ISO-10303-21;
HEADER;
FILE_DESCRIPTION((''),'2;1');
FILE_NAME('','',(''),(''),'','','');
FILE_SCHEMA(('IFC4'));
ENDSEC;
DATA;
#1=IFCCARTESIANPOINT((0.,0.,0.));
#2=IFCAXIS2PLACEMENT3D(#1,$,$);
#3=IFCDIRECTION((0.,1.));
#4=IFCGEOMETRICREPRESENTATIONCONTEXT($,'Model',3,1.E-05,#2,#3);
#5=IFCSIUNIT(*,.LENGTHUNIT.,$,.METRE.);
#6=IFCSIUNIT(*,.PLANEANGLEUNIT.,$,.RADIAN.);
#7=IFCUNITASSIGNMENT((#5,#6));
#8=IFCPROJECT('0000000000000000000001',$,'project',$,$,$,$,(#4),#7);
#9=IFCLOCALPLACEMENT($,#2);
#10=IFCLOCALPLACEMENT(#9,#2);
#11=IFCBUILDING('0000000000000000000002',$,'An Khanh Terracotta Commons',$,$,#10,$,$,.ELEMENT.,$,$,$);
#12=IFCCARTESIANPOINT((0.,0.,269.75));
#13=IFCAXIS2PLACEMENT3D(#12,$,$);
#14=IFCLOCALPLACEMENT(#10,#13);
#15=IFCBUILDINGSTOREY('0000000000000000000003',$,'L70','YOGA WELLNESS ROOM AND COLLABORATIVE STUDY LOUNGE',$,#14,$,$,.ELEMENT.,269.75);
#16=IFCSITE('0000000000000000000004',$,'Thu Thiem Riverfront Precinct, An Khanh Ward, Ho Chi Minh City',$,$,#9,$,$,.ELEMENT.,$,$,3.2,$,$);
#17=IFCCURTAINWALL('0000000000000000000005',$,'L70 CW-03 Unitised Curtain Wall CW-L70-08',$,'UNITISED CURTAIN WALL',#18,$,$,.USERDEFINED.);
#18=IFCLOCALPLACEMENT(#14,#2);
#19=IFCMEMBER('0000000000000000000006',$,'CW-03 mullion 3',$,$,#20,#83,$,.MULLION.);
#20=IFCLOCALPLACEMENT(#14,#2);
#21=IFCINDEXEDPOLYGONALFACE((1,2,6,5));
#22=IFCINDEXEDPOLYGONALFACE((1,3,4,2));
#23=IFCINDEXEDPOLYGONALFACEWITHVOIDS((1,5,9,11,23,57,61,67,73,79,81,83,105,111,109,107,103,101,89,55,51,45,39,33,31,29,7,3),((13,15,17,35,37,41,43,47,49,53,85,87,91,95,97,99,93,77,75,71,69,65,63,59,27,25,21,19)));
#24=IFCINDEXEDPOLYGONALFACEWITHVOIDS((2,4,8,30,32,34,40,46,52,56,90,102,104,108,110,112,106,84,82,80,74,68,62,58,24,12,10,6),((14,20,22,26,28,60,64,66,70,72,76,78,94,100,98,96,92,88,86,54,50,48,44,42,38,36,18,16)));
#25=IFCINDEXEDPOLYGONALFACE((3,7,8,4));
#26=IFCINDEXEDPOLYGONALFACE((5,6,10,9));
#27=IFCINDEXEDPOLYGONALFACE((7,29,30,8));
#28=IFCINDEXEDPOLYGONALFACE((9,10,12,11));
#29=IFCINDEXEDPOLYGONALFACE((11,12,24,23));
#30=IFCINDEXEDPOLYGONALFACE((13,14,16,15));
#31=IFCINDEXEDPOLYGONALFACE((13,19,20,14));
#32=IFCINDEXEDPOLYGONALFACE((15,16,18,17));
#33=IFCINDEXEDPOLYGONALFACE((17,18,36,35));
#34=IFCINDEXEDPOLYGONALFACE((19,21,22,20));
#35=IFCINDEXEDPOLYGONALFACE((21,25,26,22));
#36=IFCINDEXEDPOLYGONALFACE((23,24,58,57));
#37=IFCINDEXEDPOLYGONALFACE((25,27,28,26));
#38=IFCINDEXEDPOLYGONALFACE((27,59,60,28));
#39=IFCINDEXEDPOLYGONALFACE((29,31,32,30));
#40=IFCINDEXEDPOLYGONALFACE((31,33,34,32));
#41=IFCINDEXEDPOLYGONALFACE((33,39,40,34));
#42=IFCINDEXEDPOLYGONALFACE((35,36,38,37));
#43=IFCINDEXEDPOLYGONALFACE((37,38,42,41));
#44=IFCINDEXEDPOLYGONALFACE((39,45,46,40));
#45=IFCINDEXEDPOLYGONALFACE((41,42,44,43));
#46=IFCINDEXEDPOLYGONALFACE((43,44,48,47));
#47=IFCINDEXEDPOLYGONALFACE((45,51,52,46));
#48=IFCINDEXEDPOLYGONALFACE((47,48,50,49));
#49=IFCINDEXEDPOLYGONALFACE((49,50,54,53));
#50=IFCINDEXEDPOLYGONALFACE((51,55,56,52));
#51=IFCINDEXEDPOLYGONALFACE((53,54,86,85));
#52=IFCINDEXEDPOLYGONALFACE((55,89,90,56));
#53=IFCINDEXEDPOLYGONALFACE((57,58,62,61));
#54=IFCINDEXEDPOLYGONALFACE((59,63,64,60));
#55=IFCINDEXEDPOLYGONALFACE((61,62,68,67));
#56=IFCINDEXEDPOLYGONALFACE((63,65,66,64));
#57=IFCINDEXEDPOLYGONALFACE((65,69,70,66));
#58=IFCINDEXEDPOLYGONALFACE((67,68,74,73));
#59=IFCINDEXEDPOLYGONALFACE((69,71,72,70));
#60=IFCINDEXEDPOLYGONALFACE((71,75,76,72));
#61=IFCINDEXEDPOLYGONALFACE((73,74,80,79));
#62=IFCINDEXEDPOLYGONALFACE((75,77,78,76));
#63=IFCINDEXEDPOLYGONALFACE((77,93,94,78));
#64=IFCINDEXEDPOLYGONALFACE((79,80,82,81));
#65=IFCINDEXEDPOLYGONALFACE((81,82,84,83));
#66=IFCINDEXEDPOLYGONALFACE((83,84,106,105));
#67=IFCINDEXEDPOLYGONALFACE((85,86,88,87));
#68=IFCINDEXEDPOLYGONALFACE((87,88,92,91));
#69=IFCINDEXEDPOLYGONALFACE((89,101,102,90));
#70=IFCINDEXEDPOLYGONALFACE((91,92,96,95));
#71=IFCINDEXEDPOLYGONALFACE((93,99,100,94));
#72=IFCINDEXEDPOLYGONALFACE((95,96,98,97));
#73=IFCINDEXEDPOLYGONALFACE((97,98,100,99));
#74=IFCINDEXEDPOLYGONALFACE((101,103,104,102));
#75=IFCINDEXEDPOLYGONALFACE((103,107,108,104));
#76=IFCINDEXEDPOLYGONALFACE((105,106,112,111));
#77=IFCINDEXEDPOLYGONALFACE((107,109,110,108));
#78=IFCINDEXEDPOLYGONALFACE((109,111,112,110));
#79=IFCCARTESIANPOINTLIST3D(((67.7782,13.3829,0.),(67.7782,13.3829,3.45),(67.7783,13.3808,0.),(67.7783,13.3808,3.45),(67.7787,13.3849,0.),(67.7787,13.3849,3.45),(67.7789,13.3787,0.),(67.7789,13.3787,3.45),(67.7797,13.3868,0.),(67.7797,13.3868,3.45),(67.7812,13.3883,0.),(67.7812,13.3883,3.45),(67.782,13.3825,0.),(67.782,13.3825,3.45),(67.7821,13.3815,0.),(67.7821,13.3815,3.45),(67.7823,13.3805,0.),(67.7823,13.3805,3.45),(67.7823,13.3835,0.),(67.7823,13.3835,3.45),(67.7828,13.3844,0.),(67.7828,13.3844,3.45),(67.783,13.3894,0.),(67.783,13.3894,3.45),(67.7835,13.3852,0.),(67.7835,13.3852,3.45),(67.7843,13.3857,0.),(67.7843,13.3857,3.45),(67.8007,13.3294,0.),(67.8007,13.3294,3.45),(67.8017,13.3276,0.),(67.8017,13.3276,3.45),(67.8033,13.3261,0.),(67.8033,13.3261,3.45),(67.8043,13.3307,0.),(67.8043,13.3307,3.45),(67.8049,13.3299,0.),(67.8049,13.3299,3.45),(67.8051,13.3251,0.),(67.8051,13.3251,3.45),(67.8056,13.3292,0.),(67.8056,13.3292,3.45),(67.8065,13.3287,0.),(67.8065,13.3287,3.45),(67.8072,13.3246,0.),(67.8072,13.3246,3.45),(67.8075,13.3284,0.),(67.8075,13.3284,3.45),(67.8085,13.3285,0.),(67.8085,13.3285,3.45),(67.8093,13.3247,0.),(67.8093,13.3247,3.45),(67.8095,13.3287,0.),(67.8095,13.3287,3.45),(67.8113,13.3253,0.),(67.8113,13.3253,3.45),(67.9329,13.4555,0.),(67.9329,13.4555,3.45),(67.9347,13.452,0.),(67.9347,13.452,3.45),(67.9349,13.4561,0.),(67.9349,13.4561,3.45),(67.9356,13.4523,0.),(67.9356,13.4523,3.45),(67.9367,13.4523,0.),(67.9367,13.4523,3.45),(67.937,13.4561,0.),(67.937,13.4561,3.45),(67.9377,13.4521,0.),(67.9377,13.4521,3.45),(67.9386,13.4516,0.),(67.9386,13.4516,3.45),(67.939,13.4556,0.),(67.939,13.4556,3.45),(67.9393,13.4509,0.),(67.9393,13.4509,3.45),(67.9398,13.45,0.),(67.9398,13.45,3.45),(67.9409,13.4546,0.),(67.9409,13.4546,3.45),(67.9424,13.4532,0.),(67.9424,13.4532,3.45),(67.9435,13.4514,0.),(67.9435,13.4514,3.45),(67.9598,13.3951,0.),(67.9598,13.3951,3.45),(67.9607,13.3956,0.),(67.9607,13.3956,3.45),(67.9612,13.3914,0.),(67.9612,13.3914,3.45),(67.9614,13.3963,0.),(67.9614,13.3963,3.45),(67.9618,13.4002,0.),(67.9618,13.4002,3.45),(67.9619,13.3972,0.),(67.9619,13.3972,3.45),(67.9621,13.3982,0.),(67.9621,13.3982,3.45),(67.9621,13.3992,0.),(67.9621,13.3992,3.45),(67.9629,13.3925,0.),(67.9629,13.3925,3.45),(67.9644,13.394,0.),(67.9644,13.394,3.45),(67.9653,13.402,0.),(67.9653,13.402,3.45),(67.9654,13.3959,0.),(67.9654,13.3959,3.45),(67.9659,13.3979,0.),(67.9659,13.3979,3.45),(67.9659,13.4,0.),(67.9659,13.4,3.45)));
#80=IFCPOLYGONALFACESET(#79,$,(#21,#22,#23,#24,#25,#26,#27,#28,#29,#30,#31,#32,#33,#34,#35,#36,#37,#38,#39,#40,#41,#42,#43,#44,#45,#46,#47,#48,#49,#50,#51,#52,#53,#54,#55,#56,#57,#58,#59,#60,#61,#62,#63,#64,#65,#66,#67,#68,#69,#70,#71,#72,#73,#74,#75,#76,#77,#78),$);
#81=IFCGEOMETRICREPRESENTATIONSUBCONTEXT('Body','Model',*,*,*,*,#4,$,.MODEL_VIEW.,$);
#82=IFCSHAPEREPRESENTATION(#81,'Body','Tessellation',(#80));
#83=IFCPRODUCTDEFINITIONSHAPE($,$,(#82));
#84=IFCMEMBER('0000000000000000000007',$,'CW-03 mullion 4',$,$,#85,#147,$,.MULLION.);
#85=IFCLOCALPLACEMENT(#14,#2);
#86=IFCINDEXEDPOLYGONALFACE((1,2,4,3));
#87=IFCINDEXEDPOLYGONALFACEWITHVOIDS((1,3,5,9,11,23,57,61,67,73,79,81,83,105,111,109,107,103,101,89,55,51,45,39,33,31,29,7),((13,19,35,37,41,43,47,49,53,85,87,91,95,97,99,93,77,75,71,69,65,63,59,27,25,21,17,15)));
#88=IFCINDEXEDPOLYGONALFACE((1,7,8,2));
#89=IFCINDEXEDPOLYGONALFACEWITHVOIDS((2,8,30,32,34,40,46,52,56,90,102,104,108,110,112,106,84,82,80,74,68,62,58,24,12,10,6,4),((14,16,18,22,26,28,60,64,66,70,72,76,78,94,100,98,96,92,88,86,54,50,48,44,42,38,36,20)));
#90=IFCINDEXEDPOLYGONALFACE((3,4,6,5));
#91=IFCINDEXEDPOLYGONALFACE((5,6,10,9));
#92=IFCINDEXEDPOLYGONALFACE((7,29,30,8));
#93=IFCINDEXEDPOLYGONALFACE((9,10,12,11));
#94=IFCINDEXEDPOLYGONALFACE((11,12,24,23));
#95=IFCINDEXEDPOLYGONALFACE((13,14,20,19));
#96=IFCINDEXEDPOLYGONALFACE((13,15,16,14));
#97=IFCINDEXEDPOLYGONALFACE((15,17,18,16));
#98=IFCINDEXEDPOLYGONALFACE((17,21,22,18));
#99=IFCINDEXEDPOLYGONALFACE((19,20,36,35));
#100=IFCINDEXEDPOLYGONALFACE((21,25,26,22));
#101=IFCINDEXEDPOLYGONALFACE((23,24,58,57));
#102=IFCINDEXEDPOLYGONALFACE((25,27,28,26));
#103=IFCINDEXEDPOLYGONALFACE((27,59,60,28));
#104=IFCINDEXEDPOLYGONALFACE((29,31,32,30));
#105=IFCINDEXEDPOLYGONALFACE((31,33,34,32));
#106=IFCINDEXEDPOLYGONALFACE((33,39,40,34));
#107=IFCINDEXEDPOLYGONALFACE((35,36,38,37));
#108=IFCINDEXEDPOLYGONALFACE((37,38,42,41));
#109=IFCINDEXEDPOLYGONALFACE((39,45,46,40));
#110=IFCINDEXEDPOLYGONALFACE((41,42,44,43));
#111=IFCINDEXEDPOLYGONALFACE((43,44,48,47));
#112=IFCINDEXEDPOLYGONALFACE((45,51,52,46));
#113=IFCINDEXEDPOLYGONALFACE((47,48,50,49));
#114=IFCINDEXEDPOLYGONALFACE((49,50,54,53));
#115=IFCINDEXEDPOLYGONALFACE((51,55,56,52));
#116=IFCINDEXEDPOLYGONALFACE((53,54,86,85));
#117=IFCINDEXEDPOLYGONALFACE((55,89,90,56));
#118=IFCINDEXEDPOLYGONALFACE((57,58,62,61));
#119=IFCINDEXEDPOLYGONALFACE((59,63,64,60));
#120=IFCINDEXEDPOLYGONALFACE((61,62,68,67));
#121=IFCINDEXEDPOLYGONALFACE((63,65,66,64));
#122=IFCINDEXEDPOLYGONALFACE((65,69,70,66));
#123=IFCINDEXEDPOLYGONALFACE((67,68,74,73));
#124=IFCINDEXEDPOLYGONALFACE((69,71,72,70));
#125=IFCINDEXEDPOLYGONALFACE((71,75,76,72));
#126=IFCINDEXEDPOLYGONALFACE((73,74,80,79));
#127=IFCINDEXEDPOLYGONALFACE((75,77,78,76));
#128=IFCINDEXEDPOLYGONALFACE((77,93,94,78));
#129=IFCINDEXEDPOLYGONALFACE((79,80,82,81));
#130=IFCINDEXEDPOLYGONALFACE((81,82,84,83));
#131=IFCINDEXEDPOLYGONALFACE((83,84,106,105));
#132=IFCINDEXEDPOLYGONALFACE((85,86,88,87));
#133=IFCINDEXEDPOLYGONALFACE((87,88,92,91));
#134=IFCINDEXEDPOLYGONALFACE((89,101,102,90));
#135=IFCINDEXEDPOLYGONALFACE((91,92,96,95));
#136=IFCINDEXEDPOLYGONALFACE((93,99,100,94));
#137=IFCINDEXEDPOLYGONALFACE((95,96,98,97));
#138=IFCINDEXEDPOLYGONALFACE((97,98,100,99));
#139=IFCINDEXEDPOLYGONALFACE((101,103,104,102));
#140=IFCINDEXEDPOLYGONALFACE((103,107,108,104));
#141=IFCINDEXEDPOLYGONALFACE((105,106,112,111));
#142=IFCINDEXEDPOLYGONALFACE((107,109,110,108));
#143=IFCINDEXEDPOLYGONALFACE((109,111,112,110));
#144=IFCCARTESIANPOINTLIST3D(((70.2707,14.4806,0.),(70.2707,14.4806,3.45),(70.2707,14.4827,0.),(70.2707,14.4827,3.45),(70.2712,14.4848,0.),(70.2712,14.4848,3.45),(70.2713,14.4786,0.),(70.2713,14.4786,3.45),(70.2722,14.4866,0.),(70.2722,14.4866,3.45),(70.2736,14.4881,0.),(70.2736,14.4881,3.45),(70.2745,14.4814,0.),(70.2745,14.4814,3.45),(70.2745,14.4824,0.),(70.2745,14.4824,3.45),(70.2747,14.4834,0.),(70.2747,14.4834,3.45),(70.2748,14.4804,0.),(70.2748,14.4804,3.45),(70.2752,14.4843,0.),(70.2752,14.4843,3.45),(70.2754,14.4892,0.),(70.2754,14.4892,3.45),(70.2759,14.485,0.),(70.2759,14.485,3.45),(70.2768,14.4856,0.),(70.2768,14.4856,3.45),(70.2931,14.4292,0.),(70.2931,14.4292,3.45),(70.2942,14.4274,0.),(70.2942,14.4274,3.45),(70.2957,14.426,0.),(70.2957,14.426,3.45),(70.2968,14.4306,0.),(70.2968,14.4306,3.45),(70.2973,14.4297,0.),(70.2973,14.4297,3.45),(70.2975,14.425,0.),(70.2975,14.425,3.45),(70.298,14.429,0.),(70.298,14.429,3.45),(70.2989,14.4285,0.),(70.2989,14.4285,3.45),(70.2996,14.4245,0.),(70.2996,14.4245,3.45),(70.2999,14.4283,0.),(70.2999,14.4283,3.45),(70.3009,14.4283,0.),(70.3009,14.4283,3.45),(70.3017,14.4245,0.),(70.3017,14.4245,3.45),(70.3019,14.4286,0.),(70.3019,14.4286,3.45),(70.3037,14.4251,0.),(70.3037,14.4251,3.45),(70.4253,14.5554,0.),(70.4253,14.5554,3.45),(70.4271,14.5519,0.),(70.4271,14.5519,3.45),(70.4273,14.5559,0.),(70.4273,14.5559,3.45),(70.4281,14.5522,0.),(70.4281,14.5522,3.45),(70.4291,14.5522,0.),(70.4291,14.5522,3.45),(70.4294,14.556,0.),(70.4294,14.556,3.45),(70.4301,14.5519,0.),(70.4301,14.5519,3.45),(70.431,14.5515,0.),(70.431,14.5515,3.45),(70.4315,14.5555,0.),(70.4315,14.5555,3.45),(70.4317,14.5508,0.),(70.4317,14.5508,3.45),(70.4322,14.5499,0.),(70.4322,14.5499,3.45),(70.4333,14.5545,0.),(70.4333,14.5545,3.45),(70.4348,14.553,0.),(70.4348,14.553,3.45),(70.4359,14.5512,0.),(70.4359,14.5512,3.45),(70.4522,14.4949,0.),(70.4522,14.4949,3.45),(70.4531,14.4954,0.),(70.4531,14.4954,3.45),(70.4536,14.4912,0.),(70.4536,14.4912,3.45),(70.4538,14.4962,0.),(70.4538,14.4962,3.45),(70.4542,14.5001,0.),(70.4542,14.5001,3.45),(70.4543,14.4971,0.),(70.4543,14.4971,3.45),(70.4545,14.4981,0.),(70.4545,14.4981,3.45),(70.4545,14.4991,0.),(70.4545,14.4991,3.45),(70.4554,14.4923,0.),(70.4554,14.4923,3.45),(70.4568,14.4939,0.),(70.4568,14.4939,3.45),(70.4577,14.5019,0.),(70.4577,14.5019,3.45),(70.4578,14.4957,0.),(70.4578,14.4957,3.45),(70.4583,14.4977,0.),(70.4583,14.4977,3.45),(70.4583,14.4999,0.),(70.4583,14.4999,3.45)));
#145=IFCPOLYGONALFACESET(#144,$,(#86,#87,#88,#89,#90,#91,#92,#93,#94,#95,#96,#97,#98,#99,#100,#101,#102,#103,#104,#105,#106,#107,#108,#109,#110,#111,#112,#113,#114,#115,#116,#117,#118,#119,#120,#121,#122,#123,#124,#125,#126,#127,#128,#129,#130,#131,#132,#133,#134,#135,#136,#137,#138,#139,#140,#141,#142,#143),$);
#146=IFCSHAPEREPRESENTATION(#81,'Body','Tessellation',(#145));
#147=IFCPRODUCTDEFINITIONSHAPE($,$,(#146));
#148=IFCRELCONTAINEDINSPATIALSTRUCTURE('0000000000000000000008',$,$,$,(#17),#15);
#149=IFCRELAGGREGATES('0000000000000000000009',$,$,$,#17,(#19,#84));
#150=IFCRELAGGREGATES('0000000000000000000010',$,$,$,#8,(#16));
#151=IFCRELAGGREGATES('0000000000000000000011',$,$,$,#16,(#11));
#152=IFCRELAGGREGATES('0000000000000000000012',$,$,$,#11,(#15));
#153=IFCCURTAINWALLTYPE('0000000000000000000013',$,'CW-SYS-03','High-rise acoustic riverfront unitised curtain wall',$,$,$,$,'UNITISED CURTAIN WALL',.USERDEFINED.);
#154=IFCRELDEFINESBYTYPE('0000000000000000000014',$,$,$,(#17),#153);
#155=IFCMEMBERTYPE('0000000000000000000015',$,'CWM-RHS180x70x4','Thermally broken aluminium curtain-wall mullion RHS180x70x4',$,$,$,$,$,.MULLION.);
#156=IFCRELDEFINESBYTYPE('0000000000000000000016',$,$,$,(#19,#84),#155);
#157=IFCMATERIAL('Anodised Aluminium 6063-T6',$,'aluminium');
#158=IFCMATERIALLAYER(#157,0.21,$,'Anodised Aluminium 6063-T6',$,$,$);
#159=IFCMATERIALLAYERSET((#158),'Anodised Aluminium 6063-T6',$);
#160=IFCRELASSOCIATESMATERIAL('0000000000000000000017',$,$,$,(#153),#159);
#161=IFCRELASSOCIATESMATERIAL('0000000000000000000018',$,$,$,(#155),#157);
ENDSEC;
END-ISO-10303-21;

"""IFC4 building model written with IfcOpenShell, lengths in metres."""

from ifc_helpers import new_model, si_unit, direction, frame, origin, origin_2d, place, context, subcontext, project, spatial, hollow_rectangle, extrude, material, layer, layer_set, material_profile, profile_set, type_object, element, aggregate, save


model = new_model("IFC4")

# Units and contexts
model_context = context("Model", 3, precision=1e-05, world=origin(), true_north=direction((0.0, 1.0)))
body_context = subcontext(model_context, "Body", "Model", "MODEL_VIEW")
ifc_project = project(units=[si_unit("LENGTHUNIT", "METRE"), si_unit("PLANEANGLEUNIT", "RADIAN")], contexts=[model_context])

# Site, building, storey
site_placement = place(None, origin())
site = spatial("IfcSite", under=ifc_project, at=site_placement, Name="Thu Thiem Riverfront Precinct, An Khanh Ward, Ho Chi Minh City", CompositionType="ELEMENT", RefElevation=3.2)
building_placement = place(site_placement, origin())
building = spatial("IfcBuilding", under=site, at=building_placement, Name="An Khanh Terracotta Commons", CompositionType="ELEMENT")
storey_placement = place(building_placement, frame((0.0, 0.0, 269.75)))
storey = spatial("IfcBuildingStorey", under=building, at=storey_placement, Name="L70", Description="YOGA WELLNESS ROOM AND COLLABORATIVE STUDY LOUNGE", CompositionType="ELEMENT", Elevation=269.75)

# Curtain wall, members
ifc_material_1 = material(Name="Anodised Aluminium 6063-T6", Category="aluminium")
ifc_layer_1 = layer(ifc_material_1, 0.21, Name="Anodised Aluminium 6063-T6")
ifc_layer_set_1 = layer_set([ifc_layer_1], Name="Anodised Aluminium 6063-T6")
curtain_wall_type = type_object("IfcCurtainWallType", Name="CW-SYS-03", Description="High-rise acoustic riverfront unitised curtain wall", ElementType="UNITISED CURTAIN WALL", PredefinedType="USERDEFINED", material=ifc_layer_set_1)
curtain_wall_1_placement = place(storey_placement, origin())
curtain_wall_1 = element("IfcCurtainWall", 1, at=curtain_wall_1_placement, inside=storey, type_object=curtain_wall_type, Name="L70 CW-03 Unitised Curtain Wall CW-L70-08", ObjectType="UNITISED CURTAIN WALL", PredefinedType="USERDEFINED")
ifc_material_profile_1 = material_profile(ifc_material_1, hollow_rectangle(XDim=0.0701, YDim=0.1799, WallThickness=0.0039, InnerFilletRadius=0.0039, OuterFilletRadius=0.0081, at=origin_2d()), Name="RHS180x70x4")
ifc_profile_set_1 = profile_set([ifc_material_profile_1], Name="Anodised Aluminium 6063-T6")
member_type_1 = type_object("IfcMemberType", Name="CWM-RHS180x70x4", Description="Thermally broken aluminium curtain-wall mullion RHS180x70x4", PredefinedType="MULLION", material=ifc_profile_set_1)
member_1_placement = place(storey_placement, frame((67.8721, 13.3904, 0.0), z_axis=(0.0, 0.0, 1.0), x_axis=(-0.403676, 0.914902, 0.0)))
member_1 = element("IfcMember", 2, at=member_1_placement, type_object=member_type_1, Name="CW-03 mullion 3", PredefinedType="MULLION", context=body_context, shape_type="SweptSolid", body=[
    extrude(hollow_rectangle(XDim=0.0701, YDim=0.1799, WallThickness=0.0039, InnerFilletRadius=0.0039, OuterFilletRadius=0.0081, at=origin_2d()), origin(), (0.0, 0.0, 1.0), 3.45),
])
member_2_placement = place(storey_placement, frame((70.3645, 14.4902, 0.0), z_axis=(0.0, 0.0, 1.0), x_axis=(-0.403676, 0.914902, 0.0)))
member_2 = element("IfcMember", 3, at=member_2_placement, type_object=member_type_1, Name="CW-03 mullion 4", PredefinedType="MULLION", context=body_context, shape_type="SweptSolid", body=[
    extrude(hollow_rectangle(XDim=0.0701, YDim=0.1799, WallThickness=0.0039, InnerFilletRadius=0.0039, OuterFilletRadius=0.0081, at=origin_2d()), origin(), (0.0, 0.0, 1.0), 3.45),
])

aggregate(curtain_wall_1, [member_1, member_2])

save(model, "model.ifc")
